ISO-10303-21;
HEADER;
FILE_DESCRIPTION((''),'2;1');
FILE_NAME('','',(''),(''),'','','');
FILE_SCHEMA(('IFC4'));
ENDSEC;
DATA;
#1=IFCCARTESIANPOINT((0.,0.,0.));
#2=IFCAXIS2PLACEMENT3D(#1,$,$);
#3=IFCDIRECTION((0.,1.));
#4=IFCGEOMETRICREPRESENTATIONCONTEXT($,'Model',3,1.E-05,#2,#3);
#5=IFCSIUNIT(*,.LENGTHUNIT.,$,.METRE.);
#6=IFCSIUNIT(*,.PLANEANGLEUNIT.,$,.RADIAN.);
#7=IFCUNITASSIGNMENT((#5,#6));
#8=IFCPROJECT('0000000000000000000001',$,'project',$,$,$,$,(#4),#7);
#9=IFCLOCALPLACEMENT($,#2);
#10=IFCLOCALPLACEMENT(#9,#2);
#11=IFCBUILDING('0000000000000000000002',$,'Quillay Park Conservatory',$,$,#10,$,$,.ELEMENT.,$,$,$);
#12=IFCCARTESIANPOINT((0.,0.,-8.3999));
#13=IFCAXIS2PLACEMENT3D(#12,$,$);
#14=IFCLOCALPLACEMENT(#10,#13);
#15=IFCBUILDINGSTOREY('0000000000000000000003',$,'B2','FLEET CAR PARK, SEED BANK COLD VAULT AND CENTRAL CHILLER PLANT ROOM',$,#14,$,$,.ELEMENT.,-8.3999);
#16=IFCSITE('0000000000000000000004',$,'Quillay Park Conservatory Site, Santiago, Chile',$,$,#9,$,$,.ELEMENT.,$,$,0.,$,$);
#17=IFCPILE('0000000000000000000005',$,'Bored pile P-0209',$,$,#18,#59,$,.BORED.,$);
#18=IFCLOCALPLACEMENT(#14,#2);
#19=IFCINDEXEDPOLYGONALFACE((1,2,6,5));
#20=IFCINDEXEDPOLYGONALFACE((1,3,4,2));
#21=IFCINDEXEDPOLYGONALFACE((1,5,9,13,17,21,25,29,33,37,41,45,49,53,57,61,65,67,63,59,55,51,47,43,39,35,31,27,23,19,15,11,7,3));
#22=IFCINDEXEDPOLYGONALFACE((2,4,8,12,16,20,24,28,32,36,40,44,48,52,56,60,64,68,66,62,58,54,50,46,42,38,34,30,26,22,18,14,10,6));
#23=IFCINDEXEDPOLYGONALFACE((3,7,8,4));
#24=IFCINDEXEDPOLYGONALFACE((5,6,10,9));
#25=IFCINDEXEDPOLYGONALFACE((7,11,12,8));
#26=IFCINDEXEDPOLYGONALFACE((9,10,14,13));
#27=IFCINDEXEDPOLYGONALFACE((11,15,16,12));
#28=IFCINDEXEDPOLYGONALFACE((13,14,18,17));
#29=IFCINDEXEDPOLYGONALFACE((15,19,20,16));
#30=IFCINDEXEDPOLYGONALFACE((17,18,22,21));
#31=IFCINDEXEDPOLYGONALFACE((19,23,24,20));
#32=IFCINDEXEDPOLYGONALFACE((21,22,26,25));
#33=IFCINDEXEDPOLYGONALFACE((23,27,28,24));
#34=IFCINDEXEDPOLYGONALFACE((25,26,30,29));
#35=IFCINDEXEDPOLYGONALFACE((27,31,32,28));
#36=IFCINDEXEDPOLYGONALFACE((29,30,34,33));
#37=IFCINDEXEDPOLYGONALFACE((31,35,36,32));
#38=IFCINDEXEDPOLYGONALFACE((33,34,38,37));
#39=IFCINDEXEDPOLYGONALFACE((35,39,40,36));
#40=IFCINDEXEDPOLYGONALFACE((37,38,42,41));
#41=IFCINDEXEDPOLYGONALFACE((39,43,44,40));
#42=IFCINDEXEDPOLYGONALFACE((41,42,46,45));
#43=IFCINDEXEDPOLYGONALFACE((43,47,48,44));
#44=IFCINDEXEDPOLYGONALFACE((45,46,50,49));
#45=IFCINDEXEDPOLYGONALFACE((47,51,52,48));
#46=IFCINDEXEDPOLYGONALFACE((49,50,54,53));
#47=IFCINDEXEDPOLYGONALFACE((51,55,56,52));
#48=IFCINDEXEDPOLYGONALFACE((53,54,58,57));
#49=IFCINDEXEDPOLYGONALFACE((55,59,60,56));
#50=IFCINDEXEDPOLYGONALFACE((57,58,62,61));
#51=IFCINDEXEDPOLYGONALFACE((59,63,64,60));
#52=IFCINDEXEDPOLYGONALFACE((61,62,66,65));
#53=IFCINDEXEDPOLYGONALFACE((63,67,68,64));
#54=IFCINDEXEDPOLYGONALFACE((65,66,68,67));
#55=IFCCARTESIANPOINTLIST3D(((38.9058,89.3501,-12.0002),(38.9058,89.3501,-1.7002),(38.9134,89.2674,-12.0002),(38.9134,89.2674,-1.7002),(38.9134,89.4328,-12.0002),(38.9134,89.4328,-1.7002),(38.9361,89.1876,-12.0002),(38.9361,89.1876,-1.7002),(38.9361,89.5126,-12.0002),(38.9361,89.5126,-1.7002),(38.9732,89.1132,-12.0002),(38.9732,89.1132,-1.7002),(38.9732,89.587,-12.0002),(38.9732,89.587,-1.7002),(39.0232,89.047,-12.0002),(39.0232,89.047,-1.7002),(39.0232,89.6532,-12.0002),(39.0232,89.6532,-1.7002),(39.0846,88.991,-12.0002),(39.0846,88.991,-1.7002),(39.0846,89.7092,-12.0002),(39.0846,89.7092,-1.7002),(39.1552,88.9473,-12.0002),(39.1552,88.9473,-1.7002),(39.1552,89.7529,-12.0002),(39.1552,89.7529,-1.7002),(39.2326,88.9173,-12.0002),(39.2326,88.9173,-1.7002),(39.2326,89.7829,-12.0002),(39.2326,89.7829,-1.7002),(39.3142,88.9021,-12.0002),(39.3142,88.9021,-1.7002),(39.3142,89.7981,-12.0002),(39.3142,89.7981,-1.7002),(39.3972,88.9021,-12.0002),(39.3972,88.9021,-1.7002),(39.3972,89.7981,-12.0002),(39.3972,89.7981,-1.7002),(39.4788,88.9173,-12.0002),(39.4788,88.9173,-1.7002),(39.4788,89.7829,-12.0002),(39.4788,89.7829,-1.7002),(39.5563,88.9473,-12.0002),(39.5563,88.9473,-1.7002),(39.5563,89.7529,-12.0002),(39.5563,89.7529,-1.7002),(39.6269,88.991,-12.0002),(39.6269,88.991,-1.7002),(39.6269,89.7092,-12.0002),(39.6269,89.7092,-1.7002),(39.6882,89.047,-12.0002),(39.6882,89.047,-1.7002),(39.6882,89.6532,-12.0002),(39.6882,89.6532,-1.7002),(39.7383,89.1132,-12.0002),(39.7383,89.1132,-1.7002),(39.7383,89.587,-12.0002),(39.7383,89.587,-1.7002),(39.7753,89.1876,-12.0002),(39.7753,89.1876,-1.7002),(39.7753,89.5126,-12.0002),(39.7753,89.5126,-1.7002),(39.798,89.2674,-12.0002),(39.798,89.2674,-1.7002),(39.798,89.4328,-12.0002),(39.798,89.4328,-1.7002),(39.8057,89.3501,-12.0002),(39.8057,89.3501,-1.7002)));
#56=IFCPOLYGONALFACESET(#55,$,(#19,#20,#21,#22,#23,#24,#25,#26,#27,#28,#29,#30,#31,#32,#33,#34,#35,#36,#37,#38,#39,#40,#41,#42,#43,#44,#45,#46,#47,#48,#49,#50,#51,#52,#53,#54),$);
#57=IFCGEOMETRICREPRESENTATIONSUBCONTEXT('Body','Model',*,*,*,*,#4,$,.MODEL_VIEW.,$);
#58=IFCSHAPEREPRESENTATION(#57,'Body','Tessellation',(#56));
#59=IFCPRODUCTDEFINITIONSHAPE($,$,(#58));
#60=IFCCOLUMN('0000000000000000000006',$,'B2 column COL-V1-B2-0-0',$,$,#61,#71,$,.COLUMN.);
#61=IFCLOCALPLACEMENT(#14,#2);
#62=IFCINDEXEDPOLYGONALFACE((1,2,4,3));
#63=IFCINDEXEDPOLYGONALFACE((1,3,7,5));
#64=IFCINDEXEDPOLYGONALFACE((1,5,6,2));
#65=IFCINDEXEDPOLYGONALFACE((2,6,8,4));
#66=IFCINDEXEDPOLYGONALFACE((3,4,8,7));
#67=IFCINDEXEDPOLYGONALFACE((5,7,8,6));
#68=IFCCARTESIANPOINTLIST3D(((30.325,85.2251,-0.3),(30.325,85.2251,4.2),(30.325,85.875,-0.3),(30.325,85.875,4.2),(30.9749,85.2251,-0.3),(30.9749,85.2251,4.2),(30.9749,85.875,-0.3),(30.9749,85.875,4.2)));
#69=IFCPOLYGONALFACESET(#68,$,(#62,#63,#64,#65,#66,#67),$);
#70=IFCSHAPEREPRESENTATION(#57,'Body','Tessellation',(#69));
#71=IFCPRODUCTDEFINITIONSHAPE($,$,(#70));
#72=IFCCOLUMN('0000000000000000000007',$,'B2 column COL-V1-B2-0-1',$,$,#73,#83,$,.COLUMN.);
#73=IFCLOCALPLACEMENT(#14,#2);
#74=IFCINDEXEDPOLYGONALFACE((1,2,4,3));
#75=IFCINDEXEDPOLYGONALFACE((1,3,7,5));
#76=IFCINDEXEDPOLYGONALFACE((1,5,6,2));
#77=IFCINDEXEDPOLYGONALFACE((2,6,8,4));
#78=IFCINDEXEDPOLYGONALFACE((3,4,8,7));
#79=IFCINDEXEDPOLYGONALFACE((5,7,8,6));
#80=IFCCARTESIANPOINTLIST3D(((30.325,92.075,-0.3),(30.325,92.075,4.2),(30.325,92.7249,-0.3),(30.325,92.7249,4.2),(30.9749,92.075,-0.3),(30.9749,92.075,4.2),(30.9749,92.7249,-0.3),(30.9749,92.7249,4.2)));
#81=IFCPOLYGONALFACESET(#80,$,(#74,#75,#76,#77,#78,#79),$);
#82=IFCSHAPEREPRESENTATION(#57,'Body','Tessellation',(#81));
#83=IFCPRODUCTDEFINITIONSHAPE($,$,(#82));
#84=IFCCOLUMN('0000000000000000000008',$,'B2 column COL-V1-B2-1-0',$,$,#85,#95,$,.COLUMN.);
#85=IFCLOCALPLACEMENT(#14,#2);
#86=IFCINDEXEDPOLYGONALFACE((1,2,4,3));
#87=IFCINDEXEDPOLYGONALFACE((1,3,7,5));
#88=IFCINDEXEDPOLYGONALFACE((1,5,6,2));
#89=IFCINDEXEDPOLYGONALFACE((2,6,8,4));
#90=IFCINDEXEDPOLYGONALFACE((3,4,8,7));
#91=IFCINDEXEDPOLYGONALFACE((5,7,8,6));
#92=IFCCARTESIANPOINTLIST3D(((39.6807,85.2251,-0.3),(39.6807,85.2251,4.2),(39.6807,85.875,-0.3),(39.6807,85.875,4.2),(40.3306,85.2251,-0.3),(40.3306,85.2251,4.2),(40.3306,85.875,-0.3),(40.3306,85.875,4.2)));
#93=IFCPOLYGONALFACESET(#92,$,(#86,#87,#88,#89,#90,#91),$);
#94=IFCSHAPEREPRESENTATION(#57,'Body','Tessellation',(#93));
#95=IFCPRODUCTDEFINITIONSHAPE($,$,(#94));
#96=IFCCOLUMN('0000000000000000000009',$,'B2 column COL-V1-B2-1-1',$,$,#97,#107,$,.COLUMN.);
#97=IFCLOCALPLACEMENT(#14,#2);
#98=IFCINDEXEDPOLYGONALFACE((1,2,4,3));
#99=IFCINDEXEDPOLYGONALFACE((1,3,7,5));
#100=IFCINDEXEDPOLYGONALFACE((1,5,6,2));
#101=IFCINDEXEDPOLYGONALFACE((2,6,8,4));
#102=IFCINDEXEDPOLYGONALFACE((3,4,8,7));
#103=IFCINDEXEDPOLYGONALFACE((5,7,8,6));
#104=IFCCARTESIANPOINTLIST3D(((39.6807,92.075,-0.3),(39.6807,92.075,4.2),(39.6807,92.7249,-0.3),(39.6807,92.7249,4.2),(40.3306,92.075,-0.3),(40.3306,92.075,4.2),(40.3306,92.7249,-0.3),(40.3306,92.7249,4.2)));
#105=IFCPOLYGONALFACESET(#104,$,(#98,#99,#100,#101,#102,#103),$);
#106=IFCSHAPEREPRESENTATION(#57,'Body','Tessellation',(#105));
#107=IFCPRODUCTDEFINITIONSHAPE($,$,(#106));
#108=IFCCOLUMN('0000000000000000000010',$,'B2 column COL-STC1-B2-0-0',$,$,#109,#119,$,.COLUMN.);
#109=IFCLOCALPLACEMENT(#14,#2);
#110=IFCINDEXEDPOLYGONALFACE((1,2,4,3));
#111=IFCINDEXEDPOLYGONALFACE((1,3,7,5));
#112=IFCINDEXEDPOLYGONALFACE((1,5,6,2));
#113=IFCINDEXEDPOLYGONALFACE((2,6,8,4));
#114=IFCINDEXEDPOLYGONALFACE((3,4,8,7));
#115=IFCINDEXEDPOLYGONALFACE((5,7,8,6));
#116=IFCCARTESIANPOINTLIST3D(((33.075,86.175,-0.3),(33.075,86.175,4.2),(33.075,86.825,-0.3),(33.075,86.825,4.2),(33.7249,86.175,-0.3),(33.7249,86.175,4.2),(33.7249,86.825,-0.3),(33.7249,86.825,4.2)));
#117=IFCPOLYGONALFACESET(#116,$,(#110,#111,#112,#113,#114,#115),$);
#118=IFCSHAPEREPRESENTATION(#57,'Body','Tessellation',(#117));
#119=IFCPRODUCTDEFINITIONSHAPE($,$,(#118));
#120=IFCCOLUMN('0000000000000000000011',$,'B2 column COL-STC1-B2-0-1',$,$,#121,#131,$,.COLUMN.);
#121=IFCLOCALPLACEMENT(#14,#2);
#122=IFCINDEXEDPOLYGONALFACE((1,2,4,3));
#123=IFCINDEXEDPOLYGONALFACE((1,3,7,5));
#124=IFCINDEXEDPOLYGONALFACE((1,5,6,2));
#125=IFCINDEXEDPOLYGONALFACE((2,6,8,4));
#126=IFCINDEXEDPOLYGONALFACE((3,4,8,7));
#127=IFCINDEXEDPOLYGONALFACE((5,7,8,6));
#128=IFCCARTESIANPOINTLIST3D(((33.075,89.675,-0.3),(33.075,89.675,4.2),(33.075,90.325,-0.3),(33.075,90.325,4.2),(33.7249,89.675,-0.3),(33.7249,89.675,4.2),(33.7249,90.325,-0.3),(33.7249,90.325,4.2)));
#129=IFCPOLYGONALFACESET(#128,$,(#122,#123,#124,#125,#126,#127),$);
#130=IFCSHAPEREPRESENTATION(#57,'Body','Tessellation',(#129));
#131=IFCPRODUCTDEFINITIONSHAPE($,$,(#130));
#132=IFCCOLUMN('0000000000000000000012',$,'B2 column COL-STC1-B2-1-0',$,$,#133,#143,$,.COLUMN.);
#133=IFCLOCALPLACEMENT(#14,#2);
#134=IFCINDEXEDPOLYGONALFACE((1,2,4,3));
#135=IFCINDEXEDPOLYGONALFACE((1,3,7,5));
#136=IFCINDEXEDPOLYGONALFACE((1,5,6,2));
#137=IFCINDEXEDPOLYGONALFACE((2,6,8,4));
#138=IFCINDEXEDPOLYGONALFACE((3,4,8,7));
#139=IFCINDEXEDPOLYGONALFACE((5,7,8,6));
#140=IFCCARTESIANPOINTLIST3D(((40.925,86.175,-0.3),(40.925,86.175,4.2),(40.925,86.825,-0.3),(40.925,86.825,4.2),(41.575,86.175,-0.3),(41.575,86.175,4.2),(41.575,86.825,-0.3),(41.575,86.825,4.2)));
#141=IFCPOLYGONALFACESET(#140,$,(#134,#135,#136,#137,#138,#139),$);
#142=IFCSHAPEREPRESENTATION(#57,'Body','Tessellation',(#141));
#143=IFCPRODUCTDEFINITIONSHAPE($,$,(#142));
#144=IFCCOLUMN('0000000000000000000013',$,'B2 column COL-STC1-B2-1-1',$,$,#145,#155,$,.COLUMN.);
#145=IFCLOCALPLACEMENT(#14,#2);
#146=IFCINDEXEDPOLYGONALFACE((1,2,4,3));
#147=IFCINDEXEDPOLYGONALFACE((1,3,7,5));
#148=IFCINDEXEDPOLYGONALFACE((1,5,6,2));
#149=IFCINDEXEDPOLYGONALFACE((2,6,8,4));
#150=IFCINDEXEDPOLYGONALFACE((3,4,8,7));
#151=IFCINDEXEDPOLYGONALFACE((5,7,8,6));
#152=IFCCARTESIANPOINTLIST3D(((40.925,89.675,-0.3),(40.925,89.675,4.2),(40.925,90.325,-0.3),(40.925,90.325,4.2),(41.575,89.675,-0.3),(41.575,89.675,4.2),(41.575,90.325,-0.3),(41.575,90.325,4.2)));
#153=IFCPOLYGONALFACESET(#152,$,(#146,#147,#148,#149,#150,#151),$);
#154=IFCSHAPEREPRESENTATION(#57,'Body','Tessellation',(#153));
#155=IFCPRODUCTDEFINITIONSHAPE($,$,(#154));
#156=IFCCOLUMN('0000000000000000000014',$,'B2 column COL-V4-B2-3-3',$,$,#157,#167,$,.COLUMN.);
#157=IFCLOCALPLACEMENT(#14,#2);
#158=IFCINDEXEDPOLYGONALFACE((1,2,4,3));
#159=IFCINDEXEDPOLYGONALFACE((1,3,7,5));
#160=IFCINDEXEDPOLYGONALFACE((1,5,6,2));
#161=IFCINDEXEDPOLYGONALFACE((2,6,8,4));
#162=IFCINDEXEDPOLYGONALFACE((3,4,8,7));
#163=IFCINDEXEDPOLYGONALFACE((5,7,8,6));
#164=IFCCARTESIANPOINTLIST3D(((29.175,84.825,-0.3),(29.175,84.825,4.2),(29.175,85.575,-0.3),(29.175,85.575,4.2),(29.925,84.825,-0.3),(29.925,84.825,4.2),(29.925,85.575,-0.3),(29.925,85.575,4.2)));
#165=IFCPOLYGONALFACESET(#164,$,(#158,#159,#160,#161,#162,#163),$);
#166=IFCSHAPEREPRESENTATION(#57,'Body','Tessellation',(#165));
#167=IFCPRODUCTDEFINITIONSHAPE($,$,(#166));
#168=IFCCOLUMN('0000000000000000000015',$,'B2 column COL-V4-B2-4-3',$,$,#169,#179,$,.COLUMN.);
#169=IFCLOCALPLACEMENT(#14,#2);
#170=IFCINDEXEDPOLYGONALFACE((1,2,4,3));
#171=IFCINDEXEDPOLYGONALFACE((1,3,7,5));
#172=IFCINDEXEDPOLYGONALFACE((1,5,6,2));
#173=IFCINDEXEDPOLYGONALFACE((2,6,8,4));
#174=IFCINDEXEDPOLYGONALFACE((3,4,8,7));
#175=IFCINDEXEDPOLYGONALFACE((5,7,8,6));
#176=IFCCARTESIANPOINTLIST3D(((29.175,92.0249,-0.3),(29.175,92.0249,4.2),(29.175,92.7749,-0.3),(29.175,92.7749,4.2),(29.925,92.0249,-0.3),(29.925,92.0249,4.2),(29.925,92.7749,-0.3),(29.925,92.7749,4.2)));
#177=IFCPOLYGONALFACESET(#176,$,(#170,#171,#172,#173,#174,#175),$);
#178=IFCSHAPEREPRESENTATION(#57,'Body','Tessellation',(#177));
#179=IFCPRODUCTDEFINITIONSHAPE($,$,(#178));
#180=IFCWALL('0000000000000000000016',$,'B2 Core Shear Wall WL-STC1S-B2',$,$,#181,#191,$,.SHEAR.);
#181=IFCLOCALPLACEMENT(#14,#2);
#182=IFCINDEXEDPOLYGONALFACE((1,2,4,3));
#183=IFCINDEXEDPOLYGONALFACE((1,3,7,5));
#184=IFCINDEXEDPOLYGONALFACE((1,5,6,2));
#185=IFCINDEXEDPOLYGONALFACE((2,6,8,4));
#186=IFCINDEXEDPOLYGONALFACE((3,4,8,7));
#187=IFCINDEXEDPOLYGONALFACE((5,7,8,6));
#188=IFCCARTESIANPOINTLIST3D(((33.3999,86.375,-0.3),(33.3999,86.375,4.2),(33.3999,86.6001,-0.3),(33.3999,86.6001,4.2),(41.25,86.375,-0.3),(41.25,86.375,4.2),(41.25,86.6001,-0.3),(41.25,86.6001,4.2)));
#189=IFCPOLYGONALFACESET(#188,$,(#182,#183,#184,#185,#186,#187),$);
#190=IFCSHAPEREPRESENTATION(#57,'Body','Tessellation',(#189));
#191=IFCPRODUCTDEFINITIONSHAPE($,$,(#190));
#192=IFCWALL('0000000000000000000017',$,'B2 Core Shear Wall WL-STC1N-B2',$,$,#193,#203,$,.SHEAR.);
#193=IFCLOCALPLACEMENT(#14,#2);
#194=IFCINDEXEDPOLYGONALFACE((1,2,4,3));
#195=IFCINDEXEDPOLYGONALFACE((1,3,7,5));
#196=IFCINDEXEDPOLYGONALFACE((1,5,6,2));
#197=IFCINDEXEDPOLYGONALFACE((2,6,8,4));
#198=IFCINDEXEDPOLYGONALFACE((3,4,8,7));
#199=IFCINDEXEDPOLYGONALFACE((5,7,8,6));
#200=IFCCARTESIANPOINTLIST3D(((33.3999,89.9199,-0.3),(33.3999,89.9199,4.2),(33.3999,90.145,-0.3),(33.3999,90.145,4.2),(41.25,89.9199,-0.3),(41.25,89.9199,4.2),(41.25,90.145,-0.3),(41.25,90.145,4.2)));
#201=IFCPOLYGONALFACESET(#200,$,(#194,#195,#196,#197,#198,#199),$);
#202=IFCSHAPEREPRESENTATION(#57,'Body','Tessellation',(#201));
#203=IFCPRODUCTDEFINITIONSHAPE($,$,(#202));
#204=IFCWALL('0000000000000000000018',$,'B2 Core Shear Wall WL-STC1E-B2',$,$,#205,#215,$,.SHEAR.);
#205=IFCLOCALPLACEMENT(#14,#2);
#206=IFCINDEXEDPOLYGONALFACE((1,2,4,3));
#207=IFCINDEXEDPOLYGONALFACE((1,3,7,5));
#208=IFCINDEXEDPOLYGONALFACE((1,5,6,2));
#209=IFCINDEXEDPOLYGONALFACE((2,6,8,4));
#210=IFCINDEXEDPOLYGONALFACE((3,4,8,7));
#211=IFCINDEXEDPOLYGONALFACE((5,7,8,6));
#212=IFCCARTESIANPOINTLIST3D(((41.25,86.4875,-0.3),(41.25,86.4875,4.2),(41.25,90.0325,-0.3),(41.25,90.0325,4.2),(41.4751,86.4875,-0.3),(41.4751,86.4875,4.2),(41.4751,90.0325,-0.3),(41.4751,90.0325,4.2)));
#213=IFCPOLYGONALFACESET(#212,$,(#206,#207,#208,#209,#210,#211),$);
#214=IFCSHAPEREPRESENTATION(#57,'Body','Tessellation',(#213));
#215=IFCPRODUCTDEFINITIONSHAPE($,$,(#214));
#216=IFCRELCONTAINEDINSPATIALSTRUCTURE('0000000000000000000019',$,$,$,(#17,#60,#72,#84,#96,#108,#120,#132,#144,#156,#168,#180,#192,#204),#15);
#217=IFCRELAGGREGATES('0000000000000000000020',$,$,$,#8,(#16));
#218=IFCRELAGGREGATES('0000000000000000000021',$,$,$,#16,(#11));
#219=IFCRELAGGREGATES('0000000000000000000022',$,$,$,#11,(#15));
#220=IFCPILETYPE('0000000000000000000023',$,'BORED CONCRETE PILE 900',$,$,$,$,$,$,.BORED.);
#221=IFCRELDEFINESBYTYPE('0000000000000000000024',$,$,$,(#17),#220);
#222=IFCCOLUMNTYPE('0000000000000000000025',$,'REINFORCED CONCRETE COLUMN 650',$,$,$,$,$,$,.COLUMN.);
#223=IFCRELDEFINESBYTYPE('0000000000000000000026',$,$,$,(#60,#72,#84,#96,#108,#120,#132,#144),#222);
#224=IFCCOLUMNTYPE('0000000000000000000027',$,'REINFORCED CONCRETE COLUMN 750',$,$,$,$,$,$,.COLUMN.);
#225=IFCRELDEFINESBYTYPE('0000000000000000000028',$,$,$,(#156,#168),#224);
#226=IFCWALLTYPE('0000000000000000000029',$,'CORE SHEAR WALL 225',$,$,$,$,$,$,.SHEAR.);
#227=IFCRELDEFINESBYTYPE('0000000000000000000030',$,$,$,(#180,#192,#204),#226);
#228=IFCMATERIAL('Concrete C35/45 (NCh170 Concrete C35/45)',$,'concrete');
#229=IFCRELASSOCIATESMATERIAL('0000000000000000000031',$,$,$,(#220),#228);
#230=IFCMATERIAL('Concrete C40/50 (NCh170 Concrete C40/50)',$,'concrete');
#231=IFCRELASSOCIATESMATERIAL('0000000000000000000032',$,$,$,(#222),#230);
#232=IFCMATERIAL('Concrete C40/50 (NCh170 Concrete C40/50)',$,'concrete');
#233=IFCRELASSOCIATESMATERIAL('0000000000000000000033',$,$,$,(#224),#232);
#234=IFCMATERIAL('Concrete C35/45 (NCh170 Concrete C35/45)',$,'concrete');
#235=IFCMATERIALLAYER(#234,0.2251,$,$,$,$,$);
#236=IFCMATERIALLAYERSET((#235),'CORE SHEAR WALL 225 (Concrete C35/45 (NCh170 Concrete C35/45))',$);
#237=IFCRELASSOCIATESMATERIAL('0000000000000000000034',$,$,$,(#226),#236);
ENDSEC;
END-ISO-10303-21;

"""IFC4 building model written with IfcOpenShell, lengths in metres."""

from ifc_helpers import new_model, si_unit, direction, frame, frame_2d, origin, origin_2d, place, context, subcontext, project, spatial, rectangle, circle, extrude, material, layer, layer_set, material_profile, profile_set, type_object, element, save


model = new_model("IFC4")

# Units and contexts
model_context = context("Model", 3, precision=1e-05, world=origin(), true_north=direction((0.0, 1.0)))
body_context = subcontext(model_context, "Body", "Model", "MODEL_VIEW")
ifc_project = project(units=[si_unit("LENGTHUNIT", "METRE"), si_unit("PLANEANGLEUNIT", "RADIAN")], contexts=[model_context])

# Site, building, storey
site_placement = place(None, origin())
site = spatial("IfcSite", under=ifc_project, at=site_placement, Name="Quillay Park Conservatory Site, Santiago, Chile", CompositionType="ELEMENT", RefElevation=0.0)
building_placement = place(site_placement, origin())
building = spatial("IfcBuilding", under=site, at=building_placement, Name="Quillay Park Conservatory", CompositionType="ELEMENT")
storey_placement = place(building_placement, frame((0.0, 0.0, -8.3999)))
storey = spatial("IfcBuildingStorey", under=building, at=storey_placement, Name="B2", Description="FLEET CAR PARK, SEED BANK COLD VAULT AND CENTRAL CHILLER PLANT ROOM", CompositionType="ELEMENT", Elevation=-8.3999)

# Pile
ifc_material_1 = material(Name="Concrete C35/45 (NCh170 Concrete C35/45)", Category="concrete")
ifc_material_profile_1 = material_profile(ifc_material_1, circle(Radius=0.45, at=origin_2d()), Name="PILE900")
ifc_profile_set_1 = profile_set([ifc_material_profile_1], Name="Concrete C35/45 (NCh170 Concrete C35/45)")
pile_type_1 = type_object("IfcPileType", Name="BORED CONCRETE PILE 900", PredefinedType="BORED", material=ifc_profile_set_1)
for number, where, z_axis, x_axis, name in (
    (1, (39.3557, 89.3501, -1.7002), (0.0, 0.0, -1.0), (1.0, 0.0, 0.0), "Bored pile P-0209"),
):
    element("IfcPile", number, at=place(storey_placement, frame(where, z_axis=z_axis, x_axis=x_axis)), inside=storey, type_object=pile_type_1, Name=name, PredefinedType="BORED", context=body_context, shape_type="SweptSolid", body=[
        extrude(circle(Radius=0.45, at=origin_2d()), origin(), (0.0, 0.0, 1.0), 10.3),
    ])

# Columns
ifc_material_2 = material(Name="Concrete C40/50 (NCh170 Concrete C40/50)", Category="concrete")
ifc_material_profile_2 = material_profile(ifc_material_2, rectangle(XDim=0.6499, YDim=0.6499, at=origin_2d()), Name="RC650x650")
ifc_profile_set_2 = profile_set([ifc_material_profile_2], Name="Concrete C40/50 (NCh170 Concrete C40/50)")
column_type_1 = type_object("IfcColumnType", Name="REINFORCED CONCRETE COLUMN 650", PredefinedType="COLUMN", material=ifc_profile_set_2)
for number, where, z_axis, x_axis, name in (
    (2, (30.6499, 85.55, -0.3), (0.0, 0.0, 1.0), (1.0, 0.0, 0.0), "B2 column COL-V1-B2-0-0"),
    (3, (30.6499, 92.3999, -0.3), (0.0, 0.0, 1.0), (1.0, 0.0, 0.0), "B2 column COL-V1-B2-0-1"),
    (4, (40.0056, 85.55, -0.3), (0.0, 0.0, 1.0), (1.0, 0.0, 0.0), "B2 column COL-V1-B2-1-0"),
    (5, (40.0056, 92.3999, -0.3), (0.0, 0.0, 1.0), (1.0, 0.0, 0.0), "B2 column COL-V1-B2-1-1"),
    (6, (33.3999, 86.5, -0.3), (0.0, 0.0, 1.0), (1.0, 0.0, 0.0), "B2 column COL-STC1-B2-0-0"),
    (7, (33.3999, 90.0, -0.3), (0.0, 0.0, 1.0), (1.0, 0.0, 0.0), "B2 column COL-STC1-B2-0-1"),
    (8, (41.25, 86.5, -0.3), (0.0, 0.0, 1.0), (1.0, 0.0, 0.0), "B2 column COL-STC1-B2-1-0"),
    (9, (41.25, 90.0, -0.3), (0.0, 0.0, 1.0), (1.0, 0.0, 0.0), "B2 column COL-STC1-B2-1-1"),
):
    element("IfcColumn", number, at=place(storey_placement, frame(where, z_axis=z_axis, x_axis=x_axis)), inside=storey, type_object=column_type_1, Name=name, PredefinedType="COLUMN", context=body_context, shape_type="SweptSolid", body=[
        extrude(rectangle(XDim=0.6499, YDim=0.6499, at=origin_2d()), origin(), (0.0, 0.0, 1.0), 4.5),
    ])
ifc_material_3 = material(Name="Concrete C40/50 (NCh170 Concrete C40/50)", Category="concrete")
ifc_material_profile_3 = material_profile(ifc_material_3, rectangle(XDim=0.75, YDim=0.75, at=origin_2d()), Name="RC750x750")
ifc_profile_set_3 = profile_set([ifc_material_profile_3], Name="Concrete C40/50 (NCh170 Concrete C40/50)")
column_type_2 = type_object("IfcColumnType", Name="REINFORCED CONCRETE COLUMN 750", PredefinedType="COLUMN", material=ifc_profile_set_3)
for number, where, z_axis, x_axis, name in (
    (10, (29.55, 85.2, -0.3), (0.0, 0.0, 1.0), (1.0, 0.0, 0.0), "B2 column COL-V4-B2-3-3"),
    (11, (29.55, 92.3999, -0.3), (0.0, 0.0, 1.0), (1.0, 0.0, 0.0), "B2 column COL-V4-B2-4-3"),
):
    element("IfcColumn", number, at=place(storey_placement, frame(where, z_axis=z_axis, x_axis=x_axis)), inside=storey, type_object=column_type_2, Name=name, PredefinedType="COLUMN", context=body_context, shape_type="SweptSolid", body=[
        extrude(rectangle(XDim=0.75, YDim=0.75, at=origin_2d()), origin(), (0.0, 0.0, 1.0), 4.5),
    ])

# Walls
ifc_material_4 = material(Name="Concrete C35/45 (NCh170 Concrete C35/45)", Category="concrete")
ifc_layer_1 = layer(ifc_material_4, 0.2251)
ifc_layer_set_1 = layer_set([ifc_layer_1], Name="CORE SHEAR WALL 225 (Concrete C35/45 (NCh170 Concrete C35/45))")
wall_type_1 = type_object("IfcWallType", Name="CORE SHEAR WALL 225", PredefinedType="SHEAR", material=ifc_layer_set_1)
for number, where, z_axis, x_axis, name in (
    (12, (33.3999, 86.4875, -0.3), (0.0, 0.0, 1.0), (1.0, 0.0, 0.0), "B2 Core Shear Wall WL-STC1S-B2"),
    (13, (33.3999, 90.0325, -0.3), (0.0, 0.0, 1.0), (1.0, 0.0, 0.0), "B2 Core Shear Wall WL-STC1N-B2"),
):
    element("IfcWall", number, at=place(storey_placement, frame(where, z_axis=z_axis, x_axis=x_axis)), inside=storey, type_object=wall_type_1, Name=name, PredefinedType="SHEAR", context=body_context, shape_type="SweptSolid", body=[
        extrude(rectangle(XDim=7.8501, YDim=0.2251, at=frame_2d((3.925, 0.0))), origin(), (0.0, 0.0, 1.0), 4.5),
    ])
wall_1_placement = place(storey_placement, frame((41.3625, 86.4875, -0.3), z_axis=(0.0, 0.0, 1.0), x_axis=(0.0, 1.0, 0.0)))
element("IfcWall", 14, at=wall_1_placement, inside=storey, type_object=wall_type_1, Name="B2 Core Shear Wall WL-STC1E-B2", PredefinedType="SHEAR", context=body_context, shape_type="SweptSolid", body=[
    extrude(rectangle(XDim=3.5449, YDim=0.2251, at=frame_2d((1.7725, 0.0))), origin(), (0.0, 0.0, 1.0), 4.5),
])

save(model, "model.ifc")
